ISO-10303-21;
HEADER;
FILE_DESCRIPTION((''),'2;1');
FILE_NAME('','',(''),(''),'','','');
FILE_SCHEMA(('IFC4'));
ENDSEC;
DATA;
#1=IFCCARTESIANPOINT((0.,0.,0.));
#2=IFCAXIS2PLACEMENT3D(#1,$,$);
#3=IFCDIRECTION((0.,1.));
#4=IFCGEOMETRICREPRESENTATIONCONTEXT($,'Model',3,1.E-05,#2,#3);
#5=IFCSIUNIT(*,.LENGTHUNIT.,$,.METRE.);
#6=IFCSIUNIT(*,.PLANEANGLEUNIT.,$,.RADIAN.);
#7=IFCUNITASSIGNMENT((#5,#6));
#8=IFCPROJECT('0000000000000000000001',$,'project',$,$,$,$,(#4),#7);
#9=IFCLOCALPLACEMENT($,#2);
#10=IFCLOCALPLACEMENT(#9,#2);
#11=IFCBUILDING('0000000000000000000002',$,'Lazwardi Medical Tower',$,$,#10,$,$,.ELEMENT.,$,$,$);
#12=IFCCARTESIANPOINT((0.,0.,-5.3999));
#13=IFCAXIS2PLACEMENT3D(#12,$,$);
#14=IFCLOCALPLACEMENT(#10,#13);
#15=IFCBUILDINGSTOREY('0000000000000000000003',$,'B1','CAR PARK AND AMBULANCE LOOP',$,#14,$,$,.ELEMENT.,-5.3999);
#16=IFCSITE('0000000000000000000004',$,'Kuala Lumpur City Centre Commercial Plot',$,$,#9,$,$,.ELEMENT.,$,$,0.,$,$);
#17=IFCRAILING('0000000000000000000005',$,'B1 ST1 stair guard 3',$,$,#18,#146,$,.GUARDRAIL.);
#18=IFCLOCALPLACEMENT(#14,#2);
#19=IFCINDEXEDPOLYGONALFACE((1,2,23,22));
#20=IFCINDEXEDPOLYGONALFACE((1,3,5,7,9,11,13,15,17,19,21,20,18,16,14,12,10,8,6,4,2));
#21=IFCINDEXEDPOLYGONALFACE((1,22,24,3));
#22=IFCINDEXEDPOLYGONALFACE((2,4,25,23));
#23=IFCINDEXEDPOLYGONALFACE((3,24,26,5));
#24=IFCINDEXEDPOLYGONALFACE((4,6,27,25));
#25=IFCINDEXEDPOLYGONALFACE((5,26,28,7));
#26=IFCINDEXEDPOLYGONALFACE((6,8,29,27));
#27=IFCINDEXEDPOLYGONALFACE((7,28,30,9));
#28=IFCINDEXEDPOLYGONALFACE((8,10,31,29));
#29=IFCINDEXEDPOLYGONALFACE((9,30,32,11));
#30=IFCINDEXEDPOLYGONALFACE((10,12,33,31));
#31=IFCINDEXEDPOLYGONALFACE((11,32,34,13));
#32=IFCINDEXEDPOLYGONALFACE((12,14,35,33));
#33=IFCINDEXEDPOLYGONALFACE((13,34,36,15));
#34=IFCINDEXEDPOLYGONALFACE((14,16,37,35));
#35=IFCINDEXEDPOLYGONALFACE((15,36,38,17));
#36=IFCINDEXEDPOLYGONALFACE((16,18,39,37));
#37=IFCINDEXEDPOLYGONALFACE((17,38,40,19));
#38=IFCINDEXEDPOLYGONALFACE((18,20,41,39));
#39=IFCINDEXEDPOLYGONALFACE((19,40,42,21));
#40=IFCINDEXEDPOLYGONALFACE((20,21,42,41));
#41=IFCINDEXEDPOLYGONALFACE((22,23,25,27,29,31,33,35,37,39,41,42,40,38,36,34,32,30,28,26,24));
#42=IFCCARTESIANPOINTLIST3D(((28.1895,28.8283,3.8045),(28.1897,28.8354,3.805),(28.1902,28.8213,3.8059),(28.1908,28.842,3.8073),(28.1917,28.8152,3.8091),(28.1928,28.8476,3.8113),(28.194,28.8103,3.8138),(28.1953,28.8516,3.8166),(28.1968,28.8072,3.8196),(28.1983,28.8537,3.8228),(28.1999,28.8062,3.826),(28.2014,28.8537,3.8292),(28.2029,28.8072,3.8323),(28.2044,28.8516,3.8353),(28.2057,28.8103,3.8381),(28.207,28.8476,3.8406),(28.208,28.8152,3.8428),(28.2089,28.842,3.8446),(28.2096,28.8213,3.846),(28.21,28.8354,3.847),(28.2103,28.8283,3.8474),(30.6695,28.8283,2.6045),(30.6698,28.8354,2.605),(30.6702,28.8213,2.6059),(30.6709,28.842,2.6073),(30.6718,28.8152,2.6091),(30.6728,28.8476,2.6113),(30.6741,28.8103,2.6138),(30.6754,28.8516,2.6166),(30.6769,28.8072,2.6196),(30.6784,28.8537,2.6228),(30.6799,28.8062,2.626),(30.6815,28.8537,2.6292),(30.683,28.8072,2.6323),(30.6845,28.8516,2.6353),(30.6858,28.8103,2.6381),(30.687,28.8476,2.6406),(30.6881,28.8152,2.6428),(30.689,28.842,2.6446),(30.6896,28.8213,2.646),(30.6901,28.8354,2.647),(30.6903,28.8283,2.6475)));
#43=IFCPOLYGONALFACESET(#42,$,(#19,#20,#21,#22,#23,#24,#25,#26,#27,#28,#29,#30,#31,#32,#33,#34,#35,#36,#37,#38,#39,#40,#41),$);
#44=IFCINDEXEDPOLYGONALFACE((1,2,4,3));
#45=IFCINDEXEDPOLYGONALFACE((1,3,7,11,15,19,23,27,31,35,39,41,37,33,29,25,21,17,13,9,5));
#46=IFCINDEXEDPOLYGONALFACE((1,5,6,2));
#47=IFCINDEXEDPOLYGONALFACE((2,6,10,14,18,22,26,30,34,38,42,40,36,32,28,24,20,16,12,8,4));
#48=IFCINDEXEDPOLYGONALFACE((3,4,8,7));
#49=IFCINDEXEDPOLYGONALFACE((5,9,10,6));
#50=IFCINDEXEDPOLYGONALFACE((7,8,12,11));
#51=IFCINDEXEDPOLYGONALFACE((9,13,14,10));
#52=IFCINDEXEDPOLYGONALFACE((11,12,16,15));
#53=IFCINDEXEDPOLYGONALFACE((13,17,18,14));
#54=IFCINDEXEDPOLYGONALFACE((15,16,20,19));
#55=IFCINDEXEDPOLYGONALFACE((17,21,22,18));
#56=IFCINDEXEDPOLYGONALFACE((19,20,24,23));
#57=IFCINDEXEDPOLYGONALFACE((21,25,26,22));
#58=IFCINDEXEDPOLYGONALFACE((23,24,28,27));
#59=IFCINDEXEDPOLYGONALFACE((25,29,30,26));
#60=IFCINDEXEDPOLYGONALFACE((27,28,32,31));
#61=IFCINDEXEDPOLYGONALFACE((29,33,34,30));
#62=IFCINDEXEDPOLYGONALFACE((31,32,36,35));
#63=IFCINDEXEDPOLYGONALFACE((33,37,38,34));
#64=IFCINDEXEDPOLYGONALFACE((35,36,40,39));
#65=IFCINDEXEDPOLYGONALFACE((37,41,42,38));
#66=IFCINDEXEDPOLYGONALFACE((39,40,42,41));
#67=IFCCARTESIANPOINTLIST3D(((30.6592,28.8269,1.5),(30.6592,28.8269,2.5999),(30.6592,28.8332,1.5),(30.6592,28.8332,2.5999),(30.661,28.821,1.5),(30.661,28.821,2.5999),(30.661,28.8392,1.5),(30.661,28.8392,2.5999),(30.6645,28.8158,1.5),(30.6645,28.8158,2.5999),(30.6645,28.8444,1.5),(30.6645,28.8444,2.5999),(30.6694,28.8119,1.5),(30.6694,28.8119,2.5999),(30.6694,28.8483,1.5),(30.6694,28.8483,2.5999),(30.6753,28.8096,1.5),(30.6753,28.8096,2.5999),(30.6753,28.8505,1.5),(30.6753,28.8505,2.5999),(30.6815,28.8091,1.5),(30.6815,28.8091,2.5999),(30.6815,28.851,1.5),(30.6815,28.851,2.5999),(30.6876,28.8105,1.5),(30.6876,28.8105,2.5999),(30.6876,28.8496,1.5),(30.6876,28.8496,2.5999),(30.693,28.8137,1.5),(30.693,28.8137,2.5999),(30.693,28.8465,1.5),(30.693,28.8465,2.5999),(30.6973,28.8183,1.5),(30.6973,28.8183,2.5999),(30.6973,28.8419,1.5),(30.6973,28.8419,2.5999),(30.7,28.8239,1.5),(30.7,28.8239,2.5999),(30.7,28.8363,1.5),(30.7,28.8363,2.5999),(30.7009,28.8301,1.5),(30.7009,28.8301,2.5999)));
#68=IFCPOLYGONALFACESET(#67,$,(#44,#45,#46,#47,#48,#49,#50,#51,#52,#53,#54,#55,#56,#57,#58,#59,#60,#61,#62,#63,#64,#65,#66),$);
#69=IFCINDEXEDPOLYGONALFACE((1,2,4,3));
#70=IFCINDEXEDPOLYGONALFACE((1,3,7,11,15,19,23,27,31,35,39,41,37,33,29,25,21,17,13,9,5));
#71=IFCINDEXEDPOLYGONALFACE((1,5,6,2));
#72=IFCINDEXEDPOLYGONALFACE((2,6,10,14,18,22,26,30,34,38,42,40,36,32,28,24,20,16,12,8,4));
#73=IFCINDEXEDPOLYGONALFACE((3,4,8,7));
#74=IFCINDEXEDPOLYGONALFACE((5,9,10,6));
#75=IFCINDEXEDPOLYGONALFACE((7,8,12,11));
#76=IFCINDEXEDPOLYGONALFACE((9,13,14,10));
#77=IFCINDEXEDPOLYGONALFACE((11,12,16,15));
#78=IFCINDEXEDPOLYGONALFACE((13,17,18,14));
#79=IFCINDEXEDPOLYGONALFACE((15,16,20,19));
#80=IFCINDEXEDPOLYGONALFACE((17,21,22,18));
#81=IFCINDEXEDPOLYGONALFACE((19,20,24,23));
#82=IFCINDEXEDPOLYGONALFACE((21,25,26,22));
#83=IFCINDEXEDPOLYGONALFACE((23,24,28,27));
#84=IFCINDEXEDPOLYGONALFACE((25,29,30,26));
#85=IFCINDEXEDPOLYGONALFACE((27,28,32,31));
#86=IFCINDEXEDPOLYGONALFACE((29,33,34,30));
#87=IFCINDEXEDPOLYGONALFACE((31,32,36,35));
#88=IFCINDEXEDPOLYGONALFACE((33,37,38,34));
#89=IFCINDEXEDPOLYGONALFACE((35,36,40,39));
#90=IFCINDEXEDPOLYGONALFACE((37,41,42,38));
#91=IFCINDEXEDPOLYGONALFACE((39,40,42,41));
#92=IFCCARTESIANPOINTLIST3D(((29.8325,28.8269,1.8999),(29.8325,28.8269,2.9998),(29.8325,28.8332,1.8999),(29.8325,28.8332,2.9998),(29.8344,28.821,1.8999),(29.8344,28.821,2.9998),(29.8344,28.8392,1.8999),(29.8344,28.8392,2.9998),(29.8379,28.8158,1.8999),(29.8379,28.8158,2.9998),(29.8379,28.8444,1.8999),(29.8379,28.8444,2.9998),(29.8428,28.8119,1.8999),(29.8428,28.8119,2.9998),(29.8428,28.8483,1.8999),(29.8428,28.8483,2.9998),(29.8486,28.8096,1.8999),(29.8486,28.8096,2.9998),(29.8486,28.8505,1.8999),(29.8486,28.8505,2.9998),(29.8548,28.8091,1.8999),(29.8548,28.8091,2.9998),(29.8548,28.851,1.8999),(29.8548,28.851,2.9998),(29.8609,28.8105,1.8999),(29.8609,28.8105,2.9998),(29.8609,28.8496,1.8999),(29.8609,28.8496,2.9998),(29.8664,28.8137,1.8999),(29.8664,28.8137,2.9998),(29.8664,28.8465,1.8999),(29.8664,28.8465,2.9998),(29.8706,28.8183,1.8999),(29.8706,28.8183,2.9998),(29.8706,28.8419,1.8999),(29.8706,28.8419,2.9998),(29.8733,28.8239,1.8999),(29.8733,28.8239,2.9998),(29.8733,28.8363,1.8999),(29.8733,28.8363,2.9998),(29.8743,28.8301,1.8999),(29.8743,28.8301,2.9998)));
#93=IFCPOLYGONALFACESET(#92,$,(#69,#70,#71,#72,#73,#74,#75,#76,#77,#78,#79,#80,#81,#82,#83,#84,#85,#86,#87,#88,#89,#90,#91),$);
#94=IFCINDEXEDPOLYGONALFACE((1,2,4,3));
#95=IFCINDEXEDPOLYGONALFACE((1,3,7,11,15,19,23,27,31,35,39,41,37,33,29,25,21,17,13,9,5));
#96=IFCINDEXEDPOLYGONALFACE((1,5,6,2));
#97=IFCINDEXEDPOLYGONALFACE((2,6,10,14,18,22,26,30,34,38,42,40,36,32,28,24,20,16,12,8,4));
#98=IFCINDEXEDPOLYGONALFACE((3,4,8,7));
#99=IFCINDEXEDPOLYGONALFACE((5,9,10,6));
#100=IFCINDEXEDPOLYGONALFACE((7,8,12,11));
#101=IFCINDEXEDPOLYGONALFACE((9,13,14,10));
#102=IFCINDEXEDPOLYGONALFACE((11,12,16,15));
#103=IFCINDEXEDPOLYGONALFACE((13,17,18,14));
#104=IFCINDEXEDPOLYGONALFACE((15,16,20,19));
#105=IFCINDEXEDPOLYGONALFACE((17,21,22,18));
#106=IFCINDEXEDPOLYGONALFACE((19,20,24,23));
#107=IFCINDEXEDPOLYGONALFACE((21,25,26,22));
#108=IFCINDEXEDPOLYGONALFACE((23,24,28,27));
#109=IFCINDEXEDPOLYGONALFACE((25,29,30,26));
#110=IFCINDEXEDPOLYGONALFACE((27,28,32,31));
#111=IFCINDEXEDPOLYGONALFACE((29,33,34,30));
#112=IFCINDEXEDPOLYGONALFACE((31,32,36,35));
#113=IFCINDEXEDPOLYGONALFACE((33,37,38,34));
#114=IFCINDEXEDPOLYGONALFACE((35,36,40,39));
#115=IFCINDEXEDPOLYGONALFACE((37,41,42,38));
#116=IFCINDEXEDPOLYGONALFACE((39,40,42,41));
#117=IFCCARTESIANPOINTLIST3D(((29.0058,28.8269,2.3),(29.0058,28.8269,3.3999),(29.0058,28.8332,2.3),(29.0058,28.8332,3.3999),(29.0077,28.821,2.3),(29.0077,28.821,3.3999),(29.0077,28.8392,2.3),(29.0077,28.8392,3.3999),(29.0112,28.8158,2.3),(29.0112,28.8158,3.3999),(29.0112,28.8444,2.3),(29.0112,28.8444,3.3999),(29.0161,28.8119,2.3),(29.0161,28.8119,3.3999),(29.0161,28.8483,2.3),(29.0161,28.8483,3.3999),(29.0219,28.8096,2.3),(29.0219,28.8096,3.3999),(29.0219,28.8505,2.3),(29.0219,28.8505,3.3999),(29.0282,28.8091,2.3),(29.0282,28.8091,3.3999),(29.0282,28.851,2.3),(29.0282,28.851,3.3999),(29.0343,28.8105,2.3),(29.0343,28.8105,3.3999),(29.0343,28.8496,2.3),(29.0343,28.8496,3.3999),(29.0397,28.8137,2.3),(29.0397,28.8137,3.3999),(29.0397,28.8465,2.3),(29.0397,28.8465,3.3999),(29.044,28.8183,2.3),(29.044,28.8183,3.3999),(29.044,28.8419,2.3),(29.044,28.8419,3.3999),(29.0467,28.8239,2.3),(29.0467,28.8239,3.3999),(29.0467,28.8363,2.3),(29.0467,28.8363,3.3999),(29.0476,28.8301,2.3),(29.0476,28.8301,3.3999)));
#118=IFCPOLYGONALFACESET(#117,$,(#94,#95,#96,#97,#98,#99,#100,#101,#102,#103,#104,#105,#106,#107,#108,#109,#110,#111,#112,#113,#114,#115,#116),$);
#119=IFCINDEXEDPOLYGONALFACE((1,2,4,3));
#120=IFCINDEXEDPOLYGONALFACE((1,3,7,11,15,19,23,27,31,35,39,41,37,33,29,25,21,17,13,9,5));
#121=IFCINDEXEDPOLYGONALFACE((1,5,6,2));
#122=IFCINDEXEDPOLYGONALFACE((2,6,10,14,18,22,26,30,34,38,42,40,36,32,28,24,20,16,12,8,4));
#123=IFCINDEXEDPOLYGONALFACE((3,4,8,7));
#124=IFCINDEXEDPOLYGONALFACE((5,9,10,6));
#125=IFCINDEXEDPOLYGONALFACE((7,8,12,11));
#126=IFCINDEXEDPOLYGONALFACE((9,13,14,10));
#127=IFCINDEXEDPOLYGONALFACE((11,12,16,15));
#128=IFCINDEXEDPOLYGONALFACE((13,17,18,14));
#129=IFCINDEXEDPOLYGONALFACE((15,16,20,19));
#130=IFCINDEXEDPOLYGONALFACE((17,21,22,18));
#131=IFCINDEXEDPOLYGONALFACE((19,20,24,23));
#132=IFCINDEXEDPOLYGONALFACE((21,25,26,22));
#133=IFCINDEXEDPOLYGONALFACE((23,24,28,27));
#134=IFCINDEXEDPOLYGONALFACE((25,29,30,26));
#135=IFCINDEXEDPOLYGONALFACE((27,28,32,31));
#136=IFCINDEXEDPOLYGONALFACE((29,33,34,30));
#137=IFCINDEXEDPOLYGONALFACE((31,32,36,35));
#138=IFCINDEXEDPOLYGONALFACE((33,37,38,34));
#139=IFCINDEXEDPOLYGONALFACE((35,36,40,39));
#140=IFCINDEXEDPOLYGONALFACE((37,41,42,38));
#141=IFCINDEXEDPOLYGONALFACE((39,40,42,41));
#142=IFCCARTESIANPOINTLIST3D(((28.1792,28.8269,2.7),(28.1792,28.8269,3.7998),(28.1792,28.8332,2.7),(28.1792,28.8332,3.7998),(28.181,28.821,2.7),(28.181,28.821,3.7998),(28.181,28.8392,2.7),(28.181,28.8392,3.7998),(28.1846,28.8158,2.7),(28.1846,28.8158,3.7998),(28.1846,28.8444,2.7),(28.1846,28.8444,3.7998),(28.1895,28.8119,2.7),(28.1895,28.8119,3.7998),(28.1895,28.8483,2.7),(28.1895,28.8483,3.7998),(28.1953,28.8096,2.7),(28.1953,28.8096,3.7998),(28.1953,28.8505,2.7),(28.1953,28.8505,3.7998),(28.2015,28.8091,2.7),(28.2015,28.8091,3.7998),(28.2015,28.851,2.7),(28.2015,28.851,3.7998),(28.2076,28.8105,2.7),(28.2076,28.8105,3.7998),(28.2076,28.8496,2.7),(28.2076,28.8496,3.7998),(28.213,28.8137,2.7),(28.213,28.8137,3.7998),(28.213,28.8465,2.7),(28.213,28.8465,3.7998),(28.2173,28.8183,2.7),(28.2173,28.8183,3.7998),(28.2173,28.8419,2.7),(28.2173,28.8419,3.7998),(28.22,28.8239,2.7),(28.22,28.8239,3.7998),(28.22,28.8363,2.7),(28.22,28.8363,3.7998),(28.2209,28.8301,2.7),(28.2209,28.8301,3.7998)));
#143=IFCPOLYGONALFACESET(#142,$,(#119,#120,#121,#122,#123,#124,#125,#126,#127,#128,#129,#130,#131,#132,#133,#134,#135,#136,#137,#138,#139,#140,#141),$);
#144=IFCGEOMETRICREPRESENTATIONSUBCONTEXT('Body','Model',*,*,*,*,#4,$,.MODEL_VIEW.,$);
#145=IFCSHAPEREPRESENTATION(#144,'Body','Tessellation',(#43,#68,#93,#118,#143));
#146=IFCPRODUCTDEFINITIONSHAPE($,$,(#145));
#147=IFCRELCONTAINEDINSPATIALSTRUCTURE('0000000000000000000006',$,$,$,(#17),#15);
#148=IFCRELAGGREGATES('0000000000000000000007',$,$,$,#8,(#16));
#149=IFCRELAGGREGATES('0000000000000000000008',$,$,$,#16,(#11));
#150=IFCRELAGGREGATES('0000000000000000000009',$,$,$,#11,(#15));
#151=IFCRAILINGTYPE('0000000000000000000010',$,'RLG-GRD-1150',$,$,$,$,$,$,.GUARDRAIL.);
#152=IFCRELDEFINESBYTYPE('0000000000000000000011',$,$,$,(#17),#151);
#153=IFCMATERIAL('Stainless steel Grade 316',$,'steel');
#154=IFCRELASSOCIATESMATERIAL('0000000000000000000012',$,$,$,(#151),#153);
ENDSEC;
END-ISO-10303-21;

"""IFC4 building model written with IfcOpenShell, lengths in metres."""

from ifc_helpers import new_model, si_unit, direction, frame, origin, origin_2d, place, context, subcontext, project, spatial, circle, extrude, material, type_object, element, save


model = new_model("IFC4")

# Units and contexts
model_context = context("Model", 3, precision=1e-05, world=origin(), true_north=direction((0.0, 1.0)))
body_context = subcontext(model_context, "Body", "Model", "MODEL_VIEW")
ifc_project = project(units=[si_unit("LENGTHUNIT", "METRE"), si_unit("PLANEANGLEUNIT", "RADIAN")], contexts=[model_context])

# Site, building, storey
site_placement = place(None, origin())
site = spatial("IfcSite", under=ifc_project, at=site_placement, Name="Kuala Lumpur City Centre Commercial Plot", CompositionType="ELEMENT", RefElevation=0.0)
building_placement = place(site_placement, origin())
building = spatial("IfcBuilding", under=site, at=building_placement, Name="Lazwardi Medical Tower", CompositionType="ELEMENT")
storey_placement = place(building_placement, frame((0.0, 0.0, -5.3999)))
storey = spatial("IfcBuildingStorey", under=building, at=storey_placement, Name="B1", Description="CAR PARK AND AMBULANCE LOOP", CompositionType="ELEMENT", Elevation=-5.3999)

# Railing
ifc_material_1 = material(Name="Stainless steel Grade 316", Category="steel")
railing_type_1 = type_object("IfcRailingType", Name="RLG-GRD-1150", PredefinedType="GUARDRAIL", material=ifc_material_1)
railing_1_placement = place(storey_placement, frame((30.6799, 28.8301, 1.5)))
element("IfcRailing", 1, at=railing_1_placement, inside=storey, type_object=railing_type_1, Name="B1 ST1 stair guard 3", PredefinedType="GUARDRAIL", context=body_context, shape_type="SweptSolid", body=[
    extrude(circle(Radius=0.0239, at=origin_2d()), frame((0.0, 0.0, 1.126), z_axis=(-0.900165, 0.0, 0.435549), x_axis=(0.0, -1.0, 0.0)), (0.0, 0.0, 1.0), 2.7551),
    extrude(circle(Radius=0.021, at=origin_2d()), origin(), (0.0, 0.0, 1.0), 1.0999),
    extrude(circle(Radius=0.021, at=origin_2d()), frame((-0.8267, 0.0, 0.3999)), (0.0, 0.0, 1.0), 1.0999),
    extrude(circle(Radius=0.021, at=origin_2d()), frame((-1.6533, 0.0, 0.8)), (0.0, 0.0, 1.0), 1.0999),
    extrude(circle(Radius=0.021, at=origin_2d()), frame((-2.48, 0.0, 1.2)), (0.0, 0.0, 1.0), 1.0999),
])

save(model, "model.ifc")
